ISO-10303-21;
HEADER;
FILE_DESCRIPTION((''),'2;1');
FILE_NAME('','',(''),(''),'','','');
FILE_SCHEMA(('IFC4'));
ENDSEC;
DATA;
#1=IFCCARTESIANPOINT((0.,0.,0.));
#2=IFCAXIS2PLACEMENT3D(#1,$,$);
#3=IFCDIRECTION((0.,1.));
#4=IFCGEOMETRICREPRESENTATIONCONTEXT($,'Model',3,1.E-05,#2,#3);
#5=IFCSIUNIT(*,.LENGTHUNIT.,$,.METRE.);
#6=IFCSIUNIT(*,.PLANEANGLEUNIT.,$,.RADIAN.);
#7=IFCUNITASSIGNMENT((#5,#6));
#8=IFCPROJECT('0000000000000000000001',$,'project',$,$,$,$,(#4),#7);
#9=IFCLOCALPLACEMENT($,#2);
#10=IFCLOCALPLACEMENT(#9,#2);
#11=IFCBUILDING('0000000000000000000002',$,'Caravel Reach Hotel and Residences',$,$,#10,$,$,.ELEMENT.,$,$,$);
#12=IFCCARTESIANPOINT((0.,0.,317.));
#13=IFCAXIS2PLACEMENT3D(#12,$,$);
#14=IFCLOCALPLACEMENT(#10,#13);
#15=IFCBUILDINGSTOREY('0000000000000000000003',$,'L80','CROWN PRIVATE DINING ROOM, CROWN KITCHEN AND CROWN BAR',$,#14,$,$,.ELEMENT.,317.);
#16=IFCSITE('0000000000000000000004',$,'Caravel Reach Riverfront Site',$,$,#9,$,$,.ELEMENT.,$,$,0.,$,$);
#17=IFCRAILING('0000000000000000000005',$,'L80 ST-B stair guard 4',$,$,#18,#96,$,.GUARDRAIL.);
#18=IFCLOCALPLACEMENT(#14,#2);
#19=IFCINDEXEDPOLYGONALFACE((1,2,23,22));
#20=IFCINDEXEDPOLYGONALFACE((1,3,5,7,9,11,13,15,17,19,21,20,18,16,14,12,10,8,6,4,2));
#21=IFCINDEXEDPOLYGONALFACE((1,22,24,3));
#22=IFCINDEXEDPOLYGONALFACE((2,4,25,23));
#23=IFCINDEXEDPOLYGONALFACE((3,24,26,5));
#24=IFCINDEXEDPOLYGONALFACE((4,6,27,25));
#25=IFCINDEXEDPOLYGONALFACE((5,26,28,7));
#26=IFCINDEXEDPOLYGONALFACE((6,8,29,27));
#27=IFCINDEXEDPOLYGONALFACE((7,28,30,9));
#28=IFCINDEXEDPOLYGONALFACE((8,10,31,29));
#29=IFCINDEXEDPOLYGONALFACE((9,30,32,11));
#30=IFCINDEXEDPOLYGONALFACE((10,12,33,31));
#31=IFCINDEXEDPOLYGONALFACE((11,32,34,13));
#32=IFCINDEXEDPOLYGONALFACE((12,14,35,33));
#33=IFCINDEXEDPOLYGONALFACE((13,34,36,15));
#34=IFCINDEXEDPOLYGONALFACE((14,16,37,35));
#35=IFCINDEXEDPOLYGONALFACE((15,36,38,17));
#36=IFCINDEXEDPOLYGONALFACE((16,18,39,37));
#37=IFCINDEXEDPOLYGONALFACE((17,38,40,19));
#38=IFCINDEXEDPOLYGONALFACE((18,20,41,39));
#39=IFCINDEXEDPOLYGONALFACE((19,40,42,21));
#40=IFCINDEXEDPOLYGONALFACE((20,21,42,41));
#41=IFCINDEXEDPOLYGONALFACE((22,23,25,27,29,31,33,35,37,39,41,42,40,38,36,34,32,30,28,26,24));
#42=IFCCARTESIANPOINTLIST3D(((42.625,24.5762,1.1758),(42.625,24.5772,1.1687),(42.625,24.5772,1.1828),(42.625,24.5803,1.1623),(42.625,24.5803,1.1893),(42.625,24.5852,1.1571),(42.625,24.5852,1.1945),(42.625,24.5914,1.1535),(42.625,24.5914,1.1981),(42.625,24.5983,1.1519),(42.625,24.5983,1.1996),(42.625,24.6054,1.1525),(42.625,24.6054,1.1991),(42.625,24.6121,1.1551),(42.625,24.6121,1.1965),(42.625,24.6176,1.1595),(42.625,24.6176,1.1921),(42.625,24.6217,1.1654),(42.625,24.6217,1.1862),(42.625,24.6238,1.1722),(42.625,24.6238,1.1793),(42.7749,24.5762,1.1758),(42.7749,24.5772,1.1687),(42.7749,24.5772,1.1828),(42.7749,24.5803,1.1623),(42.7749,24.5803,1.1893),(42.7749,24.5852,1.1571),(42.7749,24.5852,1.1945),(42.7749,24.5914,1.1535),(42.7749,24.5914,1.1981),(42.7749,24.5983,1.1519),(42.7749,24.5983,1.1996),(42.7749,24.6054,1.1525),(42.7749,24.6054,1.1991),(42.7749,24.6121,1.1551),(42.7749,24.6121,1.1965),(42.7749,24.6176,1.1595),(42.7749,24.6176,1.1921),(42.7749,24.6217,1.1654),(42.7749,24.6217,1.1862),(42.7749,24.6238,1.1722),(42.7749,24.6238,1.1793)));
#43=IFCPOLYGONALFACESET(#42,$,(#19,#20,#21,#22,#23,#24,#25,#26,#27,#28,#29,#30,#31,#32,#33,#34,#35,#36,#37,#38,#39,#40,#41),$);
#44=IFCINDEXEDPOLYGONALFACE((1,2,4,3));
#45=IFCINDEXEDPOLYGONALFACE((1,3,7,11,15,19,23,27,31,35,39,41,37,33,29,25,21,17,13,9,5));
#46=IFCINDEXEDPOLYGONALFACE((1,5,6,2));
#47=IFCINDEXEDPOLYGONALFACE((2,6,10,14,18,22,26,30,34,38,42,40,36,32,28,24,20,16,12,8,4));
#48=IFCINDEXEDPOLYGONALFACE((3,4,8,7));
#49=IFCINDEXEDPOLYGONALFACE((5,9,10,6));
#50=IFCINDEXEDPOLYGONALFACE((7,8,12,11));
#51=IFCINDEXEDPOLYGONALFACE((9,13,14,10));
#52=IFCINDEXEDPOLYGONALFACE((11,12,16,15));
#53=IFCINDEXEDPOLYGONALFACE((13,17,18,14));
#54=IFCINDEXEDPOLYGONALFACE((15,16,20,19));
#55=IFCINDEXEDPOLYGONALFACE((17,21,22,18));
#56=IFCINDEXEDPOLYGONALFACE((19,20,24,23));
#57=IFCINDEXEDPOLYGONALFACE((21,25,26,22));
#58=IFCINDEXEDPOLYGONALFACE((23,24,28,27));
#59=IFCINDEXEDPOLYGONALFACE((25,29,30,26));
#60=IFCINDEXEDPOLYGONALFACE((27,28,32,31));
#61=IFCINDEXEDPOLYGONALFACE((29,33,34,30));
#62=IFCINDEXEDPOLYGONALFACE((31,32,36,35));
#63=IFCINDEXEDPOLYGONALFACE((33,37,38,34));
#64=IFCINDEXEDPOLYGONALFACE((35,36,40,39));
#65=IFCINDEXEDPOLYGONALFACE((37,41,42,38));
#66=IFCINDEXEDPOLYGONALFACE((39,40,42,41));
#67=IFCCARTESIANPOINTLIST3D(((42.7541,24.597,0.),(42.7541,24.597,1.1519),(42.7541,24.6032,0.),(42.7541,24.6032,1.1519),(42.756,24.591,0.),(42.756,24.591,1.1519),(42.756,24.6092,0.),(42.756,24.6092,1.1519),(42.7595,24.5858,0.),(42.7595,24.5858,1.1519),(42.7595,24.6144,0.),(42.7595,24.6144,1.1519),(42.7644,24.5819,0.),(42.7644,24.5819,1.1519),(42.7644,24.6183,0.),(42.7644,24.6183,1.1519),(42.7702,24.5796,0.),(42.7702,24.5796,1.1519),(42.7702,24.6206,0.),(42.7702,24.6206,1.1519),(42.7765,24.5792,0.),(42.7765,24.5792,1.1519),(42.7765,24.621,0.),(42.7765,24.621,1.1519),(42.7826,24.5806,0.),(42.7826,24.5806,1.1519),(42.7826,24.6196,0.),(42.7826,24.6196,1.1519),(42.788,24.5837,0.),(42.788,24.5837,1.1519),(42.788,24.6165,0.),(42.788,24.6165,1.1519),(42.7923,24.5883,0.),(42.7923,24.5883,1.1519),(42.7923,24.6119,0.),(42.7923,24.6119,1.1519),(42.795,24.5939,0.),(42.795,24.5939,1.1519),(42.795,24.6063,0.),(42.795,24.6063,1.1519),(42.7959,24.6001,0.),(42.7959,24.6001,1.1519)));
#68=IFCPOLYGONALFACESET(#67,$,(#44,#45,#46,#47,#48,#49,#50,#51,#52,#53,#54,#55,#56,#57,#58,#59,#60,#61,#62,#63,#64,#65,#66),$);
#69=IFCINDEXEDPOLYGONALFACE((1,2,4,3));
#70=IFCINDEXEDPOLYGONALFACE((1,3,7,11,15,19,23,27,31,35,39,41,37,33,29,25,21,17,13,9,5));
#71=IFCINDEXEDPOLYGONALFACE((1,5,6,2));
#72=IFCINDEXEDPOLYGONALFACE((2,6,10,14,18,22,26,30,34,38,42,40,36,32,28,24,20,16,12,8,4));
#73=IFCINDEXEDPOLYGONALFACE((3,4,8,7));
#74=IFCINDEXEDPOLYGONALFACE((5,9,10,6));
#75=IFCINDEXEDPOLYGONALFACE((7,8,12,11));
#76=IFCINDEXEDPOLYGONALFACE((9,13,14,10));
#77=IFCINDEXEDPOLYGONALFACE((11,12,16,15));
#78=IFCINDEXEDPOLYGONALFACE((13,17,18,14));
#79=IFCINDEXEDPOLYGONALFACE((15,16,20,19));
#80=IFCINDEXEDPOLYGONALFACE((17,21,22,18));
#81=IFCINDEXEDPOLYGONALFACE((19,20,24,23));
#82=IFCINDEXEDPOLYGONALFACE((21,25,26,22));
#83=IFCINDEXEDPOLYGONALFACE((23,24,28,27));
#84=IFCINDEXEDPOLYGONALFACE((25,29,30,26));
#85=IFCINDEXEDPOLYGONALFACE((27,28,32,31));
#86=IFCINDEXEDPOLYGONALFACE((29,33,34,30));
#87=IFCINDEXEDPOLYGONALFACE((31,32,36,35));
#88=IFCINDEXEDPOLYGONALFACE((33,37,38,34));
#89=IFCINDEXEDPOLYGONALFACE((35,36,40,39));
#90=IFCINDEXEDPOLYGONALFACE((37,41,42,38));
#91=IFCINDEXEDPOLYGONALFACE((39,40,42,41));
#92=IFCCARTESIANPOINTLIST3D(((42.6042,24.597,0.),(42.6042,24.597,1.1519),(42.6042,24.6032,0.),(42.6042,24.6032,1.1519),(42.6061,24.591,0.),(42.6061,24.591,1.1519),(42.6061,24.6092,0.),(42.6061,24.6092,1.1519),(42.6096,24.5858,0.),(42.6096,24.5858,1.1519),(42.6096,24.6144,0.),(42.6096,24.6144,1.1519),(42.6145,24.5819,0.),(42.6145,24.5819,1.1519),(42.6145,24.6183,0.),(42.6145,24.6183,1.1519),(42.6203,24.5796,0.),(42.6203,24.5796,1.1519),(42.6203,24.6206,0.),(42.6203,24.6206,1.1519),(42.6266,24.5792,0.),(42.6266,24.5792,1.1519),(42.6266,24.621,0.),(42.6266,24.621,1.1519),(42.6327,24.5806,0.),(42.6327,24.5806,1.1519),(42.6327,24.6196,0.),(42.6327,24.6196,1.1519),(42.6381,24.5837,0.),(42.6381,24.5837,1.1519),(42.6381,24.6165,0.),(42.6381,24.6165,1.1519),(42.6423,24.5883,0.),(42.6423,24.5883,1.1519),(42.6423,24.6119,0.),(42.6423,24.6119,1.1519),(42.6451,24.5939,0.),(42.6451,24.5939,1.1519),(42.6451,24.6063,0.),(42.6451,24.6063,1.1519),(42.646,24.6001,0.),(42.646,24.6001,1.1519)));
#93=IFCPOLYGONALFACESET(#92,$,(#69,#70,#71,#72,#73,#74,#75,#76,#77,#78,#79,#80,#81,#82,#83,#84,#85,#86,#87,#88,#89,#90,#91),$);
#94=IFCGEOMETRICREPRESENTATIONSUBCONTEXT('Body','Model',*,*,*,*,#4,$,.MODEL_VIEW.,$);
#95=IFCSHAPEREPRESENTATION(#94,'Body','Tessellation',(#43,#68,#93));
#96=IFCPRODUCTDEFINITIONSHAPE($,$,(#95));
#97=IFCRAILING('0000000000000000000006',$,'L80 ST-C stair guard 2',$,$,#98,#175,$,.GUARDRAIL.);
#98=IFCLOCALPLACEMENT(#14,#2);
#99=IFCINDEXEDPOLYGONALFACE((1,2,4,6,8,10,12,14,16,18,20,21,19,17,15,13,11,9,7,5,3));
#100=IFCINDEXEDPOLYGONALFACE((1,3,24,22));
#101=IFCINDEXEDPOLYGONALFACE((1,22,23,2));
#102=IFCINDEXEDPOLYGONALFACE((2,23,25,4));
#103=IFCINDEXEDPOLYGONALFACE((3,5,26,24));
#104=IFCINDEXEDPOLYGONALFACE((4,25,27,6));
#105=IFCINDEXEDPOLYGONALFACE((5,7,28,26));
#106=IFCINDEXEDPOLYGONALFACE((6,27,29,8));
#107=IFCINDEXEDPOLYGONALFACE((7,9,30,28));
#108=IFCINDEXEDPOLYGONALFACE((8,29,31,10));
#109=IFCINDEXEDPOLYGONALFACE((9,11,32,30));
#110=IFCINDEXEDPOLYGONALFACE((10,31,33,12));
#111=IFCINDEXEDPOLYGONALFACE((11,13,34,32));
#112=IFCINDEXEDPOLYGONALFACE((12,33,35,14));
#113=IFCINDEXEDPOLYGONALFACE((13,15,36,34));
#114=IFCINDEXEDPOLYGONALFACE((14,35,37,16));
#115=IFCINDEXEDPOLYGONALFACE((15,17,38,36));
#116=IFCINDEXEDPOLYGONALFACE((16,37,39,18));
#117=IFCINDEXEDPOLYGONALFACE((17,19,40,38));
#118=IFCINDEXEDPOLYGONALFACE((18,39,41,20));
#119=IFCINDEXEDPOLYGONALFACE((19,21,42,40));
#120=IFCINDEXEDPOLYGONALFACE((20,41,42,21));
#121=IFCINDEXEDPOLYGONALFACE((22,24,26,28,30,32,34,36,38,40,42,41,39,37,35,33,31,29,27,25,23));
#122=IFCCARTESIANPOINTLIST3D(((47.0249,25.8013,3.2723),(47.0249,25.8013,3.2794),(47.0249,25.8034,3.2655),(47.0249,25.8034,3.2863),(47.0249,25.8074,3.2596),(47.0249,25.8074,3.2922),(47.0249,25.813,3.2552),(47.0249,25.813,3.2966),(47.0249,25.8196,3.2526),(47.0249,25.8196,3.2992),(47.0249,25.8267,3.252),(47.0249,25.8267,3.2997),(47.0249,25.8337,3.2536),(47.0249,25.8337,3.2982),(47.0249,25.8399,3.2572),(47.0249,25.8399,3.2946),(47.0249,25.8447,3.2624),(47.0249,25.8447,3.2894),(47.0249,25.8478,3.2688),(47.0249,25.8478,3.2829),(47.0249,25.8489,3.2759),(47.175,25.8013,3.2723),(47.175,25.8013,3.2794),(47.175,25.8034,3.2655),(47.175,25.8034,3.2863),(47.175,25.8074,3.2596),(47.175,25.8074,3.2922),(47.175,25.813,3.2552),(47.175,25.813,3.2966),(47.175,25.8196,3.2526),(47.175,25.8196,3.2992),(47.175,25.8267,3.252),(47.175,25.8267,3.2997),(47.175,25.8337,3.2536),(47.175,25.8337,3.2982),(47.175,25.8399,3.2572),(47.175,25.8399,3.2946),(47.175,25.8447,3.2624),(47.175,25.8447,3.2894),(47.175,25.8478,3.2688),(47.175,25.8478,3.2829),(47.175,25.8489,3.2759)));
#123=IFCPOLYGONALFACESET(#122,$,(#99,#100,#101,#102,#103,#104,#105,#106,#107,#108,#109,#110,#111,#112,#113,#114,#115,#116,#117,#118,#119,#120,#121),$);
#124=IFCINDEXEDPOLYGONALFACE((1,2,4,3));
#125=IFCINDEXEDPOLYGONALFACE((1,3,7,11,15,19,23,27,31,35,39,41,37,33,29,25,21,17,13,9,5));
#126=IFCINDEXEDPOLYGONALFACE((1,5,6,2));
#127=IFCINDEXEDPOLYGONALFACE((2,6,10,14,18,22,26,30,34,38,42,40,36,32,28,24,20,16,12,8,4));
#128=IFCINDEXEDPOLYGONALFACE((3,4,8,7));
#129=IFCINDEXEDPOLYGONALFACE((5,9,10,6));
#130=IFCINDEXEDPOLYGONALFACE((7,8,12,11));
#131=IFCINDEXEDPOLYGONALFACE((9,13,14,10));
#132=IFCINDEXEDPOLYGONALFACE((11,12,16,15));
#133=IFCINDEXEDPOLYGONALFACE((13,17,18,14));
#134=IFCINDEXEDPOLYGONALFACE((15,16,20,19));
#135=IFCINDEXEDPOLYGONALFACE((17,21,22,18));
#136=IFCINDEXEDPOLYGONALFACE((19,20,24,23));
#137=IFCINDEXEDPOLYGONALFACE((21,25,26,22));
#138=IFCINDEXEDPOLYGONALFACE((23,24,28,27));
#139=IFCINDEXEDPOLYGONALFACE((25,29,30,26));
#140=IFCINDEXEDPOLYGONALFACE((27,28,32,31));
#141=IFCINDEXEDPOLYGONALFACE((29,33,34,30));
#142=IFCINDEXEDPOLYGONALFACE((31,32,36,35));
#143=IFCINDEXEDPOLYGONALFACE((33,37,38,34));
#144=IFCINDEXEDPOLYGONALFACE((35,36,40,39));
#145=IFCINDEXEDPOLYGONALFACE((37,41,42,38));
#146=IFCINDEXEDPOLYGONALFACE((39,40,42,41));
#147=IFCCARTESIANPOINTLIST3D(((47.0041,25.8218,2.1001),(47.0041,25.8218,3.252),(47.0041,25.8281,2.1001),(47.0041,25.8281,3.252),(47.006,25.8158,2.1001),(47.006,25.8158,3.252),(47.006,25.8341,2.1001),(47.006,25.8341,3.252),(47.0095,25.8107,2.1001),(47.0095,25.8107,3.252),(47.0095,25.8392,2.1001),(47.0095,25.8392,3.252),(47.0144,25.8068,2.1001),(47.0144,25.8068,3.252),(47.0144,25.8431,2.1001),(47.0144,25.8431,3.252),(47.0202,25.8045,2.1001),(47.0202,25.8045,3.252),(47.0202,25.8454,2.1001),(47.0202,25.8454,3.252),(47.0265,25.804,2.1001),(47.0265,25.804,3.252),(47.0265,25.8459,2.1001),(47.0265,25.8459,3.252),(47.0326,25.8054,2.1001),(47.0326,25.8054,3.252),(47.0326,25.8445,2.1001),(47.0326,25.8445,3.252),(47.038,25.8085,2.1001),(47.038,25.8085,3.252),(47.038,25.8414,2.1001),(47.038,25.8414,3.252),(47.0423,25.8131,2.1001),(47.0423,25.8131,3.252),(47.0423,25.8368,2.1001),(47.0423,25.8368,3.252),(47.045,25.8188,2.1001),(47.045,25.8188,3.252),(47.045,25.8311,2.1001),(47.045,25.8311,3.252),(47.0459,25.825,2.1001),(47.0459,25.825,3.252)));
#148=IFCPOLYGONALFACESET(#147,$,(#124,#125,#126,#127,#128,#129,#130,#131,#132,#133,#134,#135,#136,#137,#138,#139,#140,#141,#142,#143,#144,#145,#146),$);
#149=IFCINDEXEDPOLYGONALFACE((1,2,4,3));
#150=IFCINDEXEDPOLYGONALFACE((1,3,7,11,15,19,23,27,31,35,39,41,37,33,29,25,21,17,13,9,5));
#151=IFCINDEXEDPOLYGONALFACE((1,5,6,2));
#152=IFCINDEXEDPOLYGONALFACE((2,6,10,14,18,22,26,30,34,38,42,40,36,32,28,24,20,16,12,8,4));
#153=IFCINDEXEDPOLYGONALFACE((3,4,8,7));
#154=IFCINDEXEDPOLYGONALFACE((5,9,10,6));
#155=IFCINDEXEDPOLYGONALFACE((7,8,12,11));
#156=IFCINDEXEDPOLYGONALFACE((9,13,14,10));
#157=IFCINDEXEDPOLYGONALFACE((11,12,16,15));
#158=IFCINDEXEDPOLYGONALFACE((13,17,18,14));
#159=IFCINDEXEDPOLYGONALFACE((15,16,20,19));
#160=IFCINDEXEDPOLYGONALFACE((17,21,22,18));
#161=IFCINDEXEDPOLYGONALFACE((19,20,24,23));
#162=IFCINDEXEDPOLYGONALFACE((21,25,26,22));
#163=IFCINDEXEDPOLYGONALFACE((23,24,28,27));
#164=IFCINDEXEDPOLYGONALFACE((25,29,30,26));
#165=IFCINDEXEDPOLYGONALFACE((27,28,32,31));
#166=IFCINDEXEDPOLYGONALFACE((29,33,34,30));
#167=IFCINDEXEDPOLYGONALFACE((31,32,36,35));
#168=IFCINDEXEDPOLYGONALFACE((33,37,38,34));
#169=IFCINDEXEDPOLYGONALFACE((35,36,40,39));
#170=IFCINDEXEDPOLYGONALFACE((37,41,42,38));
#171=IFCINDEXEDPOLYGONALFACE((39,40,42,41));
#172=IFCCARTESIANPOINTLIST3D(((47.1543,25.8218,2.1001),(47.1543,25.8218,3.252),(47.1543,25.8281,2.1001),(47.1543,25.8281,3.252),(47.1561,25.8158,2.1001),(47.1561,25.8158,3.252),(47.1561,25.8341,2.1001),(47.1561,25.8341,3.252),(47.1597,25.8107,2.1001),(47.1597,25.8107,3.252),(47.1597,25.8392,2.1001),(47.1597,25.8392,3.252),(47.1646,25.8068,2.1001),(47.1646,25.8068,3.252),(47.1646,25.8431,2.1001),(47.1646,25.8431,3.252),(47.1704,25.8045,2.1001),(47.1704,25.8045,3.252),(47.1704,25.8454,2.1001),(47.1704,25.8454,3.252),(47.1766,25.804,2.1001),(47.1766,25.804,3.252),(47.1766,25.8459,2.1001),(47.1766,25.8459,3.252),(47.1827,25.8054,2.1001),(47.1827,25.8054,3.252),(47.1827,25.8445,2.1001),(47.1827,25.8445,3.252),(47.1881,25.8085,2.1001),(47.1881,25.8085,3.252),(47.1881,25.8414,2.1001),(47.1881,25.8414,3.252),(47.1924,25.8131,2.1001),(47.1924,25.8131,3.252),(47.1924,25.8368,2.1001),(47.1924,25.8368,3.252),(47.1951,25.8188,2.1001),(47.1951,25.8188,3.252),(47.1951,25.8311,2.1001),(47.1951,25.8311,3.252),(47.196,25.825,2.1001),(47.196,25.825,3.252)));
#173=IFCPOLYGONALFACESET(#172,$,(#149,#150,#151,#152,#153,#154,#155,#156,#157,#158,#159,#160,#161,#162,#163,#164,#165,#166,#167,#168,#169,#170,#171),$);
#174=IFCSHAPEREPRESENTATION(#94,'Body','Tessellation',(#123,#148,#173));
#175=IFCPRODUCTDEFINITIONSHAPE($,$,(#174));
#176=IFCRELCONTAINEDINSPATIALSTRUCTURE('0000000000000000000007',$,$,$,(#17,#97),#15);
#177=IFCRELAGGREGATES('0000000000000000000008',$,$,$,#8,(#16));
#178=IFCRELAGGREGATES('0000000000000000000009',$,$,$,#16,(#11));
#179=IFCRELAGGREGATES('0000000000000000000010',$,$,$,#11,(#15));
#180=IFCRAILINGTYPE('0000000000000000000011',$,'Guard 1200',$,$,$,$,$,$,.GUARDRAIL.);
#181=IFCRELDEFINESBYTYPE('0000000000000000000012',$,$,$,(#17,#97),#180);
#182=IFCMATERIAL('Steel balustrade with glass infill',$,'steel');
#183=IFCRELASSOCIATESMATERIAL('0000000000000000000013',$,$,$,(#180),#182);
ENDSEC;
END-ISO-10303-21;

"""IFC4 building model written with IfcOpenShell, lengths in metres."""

from ifc_helpers import new_model, si_unit, direction, frame, origin, origin_2d, place, context, subcontext, project, spatial, circle, extrude, material, type_object, element, save


model = new_model("IFC4")

# Units and contexts
model_context = context("Model", 3, precision=1e-05, world=origin(), true_north=direction((0.0, 1.0)))
body_context = subcontext(model_context, "Body", "Model", "MODEL_VIEW")
ifc_project = project(units=[si_unit("LENGTHUNIT", "METRE"), si_unit("PLANEANGLEUNIT", "RADIAN")], contexts=[model_context])

# Site, building, storey
site_placement = place(None, origin())
site = spatial("IfcSite", under=ifc_project, at=site_placement, Name="Caravel Reach Riverfront Site", CompositionType="ELEMENT", RefElevation=0.0)
building_placement = place(site_placement, origin())
building = spatial("IfcBuilding", under=site, at=building_placement, Name="Caravel Reach Hotel and Residences", CompositionType="ELEMENT")
storey_placement = place(building_placement, frame((0.0, 0.0, 317.0)))
storey = spatial("IfcBuildingStorey", under=building, at=storey_placement, Name="L80", Description="CROWN PRIVATE DINING ROOM, CROWN KITCHEN AND CROWN BAR", CompositionType="ELEMENT", Elevation=317.0)

# Railings
ifc_material_1 = material(Name="Steel balustrade with glass infill", Category="steel")
railing_type_1 = type_object("IfcRailingType", Name="Guard 1200", PredefinedType="GUARDRAIL", material=ifc_material_1)
railing_1_placement = place(storey_placement, frame((42.7749, 24.6001, 0.0)))
element("IfcRailing", 1, at=railing_1_placement, inside=storey, type_object=railing_type_1, Name="L80 ST-B stair guard 4", PredefinedType="GUARDRAIL", context=body_context, shape_type="SweptSolid", body=[
    extrude(circle(Radius=0.0239, at=origin_2d()), frame((0.0, 0.0, 1.1758), z_axis=(-1.0, 0.0, 0.0), x_axis=(0.0, -1.0, 0.0)), (0.0, 0.0, 1.0), 0.1499),
    extrude(circle(Radius=0.021, at=origin_2d()), origin(), (0.0, 0.0, 1.0), 1.1519),
    extrude(circle(Radius=0.021, at=origin_2d()), frame((-0.1499, 0.0, 0.0)), (0.0, 0.0, 1.0), 1.1519),
])
railing_2_placement = place(storey_placement, frame((47.0249, 25.825, 2.1001)))
element("IfcRailing", 2, at=railing_2_placement, inside=storey, type_object=railing_type_1, Name="L80 ST-C stair guard 2", PredefinedType="GUARDRAIL", context=body_context, shape_type="SweptSolid", body=[
    extrude(circle(Radius=0.0239, at=origin_2d()), frame((0.0, 0.0, 1.1758), z_axis=(1.0, 0.0, 0.0), x_axis=(0.0, 1.0, 0.0)), (0.0, 0.0, 1.0), 0.1501),
    extrude(circle(Radius=0.021, at=origin_2d()), origin(), (0.0, 0.0, 1.0), 1.1519),
    extrude(circle(Radius=0.021, at=origin_2d()), frame((0.1501, 0.0, 0.0)), (0.0, 0.0, 1.0), 1.1519),
])

save(model, "model.ifc")
